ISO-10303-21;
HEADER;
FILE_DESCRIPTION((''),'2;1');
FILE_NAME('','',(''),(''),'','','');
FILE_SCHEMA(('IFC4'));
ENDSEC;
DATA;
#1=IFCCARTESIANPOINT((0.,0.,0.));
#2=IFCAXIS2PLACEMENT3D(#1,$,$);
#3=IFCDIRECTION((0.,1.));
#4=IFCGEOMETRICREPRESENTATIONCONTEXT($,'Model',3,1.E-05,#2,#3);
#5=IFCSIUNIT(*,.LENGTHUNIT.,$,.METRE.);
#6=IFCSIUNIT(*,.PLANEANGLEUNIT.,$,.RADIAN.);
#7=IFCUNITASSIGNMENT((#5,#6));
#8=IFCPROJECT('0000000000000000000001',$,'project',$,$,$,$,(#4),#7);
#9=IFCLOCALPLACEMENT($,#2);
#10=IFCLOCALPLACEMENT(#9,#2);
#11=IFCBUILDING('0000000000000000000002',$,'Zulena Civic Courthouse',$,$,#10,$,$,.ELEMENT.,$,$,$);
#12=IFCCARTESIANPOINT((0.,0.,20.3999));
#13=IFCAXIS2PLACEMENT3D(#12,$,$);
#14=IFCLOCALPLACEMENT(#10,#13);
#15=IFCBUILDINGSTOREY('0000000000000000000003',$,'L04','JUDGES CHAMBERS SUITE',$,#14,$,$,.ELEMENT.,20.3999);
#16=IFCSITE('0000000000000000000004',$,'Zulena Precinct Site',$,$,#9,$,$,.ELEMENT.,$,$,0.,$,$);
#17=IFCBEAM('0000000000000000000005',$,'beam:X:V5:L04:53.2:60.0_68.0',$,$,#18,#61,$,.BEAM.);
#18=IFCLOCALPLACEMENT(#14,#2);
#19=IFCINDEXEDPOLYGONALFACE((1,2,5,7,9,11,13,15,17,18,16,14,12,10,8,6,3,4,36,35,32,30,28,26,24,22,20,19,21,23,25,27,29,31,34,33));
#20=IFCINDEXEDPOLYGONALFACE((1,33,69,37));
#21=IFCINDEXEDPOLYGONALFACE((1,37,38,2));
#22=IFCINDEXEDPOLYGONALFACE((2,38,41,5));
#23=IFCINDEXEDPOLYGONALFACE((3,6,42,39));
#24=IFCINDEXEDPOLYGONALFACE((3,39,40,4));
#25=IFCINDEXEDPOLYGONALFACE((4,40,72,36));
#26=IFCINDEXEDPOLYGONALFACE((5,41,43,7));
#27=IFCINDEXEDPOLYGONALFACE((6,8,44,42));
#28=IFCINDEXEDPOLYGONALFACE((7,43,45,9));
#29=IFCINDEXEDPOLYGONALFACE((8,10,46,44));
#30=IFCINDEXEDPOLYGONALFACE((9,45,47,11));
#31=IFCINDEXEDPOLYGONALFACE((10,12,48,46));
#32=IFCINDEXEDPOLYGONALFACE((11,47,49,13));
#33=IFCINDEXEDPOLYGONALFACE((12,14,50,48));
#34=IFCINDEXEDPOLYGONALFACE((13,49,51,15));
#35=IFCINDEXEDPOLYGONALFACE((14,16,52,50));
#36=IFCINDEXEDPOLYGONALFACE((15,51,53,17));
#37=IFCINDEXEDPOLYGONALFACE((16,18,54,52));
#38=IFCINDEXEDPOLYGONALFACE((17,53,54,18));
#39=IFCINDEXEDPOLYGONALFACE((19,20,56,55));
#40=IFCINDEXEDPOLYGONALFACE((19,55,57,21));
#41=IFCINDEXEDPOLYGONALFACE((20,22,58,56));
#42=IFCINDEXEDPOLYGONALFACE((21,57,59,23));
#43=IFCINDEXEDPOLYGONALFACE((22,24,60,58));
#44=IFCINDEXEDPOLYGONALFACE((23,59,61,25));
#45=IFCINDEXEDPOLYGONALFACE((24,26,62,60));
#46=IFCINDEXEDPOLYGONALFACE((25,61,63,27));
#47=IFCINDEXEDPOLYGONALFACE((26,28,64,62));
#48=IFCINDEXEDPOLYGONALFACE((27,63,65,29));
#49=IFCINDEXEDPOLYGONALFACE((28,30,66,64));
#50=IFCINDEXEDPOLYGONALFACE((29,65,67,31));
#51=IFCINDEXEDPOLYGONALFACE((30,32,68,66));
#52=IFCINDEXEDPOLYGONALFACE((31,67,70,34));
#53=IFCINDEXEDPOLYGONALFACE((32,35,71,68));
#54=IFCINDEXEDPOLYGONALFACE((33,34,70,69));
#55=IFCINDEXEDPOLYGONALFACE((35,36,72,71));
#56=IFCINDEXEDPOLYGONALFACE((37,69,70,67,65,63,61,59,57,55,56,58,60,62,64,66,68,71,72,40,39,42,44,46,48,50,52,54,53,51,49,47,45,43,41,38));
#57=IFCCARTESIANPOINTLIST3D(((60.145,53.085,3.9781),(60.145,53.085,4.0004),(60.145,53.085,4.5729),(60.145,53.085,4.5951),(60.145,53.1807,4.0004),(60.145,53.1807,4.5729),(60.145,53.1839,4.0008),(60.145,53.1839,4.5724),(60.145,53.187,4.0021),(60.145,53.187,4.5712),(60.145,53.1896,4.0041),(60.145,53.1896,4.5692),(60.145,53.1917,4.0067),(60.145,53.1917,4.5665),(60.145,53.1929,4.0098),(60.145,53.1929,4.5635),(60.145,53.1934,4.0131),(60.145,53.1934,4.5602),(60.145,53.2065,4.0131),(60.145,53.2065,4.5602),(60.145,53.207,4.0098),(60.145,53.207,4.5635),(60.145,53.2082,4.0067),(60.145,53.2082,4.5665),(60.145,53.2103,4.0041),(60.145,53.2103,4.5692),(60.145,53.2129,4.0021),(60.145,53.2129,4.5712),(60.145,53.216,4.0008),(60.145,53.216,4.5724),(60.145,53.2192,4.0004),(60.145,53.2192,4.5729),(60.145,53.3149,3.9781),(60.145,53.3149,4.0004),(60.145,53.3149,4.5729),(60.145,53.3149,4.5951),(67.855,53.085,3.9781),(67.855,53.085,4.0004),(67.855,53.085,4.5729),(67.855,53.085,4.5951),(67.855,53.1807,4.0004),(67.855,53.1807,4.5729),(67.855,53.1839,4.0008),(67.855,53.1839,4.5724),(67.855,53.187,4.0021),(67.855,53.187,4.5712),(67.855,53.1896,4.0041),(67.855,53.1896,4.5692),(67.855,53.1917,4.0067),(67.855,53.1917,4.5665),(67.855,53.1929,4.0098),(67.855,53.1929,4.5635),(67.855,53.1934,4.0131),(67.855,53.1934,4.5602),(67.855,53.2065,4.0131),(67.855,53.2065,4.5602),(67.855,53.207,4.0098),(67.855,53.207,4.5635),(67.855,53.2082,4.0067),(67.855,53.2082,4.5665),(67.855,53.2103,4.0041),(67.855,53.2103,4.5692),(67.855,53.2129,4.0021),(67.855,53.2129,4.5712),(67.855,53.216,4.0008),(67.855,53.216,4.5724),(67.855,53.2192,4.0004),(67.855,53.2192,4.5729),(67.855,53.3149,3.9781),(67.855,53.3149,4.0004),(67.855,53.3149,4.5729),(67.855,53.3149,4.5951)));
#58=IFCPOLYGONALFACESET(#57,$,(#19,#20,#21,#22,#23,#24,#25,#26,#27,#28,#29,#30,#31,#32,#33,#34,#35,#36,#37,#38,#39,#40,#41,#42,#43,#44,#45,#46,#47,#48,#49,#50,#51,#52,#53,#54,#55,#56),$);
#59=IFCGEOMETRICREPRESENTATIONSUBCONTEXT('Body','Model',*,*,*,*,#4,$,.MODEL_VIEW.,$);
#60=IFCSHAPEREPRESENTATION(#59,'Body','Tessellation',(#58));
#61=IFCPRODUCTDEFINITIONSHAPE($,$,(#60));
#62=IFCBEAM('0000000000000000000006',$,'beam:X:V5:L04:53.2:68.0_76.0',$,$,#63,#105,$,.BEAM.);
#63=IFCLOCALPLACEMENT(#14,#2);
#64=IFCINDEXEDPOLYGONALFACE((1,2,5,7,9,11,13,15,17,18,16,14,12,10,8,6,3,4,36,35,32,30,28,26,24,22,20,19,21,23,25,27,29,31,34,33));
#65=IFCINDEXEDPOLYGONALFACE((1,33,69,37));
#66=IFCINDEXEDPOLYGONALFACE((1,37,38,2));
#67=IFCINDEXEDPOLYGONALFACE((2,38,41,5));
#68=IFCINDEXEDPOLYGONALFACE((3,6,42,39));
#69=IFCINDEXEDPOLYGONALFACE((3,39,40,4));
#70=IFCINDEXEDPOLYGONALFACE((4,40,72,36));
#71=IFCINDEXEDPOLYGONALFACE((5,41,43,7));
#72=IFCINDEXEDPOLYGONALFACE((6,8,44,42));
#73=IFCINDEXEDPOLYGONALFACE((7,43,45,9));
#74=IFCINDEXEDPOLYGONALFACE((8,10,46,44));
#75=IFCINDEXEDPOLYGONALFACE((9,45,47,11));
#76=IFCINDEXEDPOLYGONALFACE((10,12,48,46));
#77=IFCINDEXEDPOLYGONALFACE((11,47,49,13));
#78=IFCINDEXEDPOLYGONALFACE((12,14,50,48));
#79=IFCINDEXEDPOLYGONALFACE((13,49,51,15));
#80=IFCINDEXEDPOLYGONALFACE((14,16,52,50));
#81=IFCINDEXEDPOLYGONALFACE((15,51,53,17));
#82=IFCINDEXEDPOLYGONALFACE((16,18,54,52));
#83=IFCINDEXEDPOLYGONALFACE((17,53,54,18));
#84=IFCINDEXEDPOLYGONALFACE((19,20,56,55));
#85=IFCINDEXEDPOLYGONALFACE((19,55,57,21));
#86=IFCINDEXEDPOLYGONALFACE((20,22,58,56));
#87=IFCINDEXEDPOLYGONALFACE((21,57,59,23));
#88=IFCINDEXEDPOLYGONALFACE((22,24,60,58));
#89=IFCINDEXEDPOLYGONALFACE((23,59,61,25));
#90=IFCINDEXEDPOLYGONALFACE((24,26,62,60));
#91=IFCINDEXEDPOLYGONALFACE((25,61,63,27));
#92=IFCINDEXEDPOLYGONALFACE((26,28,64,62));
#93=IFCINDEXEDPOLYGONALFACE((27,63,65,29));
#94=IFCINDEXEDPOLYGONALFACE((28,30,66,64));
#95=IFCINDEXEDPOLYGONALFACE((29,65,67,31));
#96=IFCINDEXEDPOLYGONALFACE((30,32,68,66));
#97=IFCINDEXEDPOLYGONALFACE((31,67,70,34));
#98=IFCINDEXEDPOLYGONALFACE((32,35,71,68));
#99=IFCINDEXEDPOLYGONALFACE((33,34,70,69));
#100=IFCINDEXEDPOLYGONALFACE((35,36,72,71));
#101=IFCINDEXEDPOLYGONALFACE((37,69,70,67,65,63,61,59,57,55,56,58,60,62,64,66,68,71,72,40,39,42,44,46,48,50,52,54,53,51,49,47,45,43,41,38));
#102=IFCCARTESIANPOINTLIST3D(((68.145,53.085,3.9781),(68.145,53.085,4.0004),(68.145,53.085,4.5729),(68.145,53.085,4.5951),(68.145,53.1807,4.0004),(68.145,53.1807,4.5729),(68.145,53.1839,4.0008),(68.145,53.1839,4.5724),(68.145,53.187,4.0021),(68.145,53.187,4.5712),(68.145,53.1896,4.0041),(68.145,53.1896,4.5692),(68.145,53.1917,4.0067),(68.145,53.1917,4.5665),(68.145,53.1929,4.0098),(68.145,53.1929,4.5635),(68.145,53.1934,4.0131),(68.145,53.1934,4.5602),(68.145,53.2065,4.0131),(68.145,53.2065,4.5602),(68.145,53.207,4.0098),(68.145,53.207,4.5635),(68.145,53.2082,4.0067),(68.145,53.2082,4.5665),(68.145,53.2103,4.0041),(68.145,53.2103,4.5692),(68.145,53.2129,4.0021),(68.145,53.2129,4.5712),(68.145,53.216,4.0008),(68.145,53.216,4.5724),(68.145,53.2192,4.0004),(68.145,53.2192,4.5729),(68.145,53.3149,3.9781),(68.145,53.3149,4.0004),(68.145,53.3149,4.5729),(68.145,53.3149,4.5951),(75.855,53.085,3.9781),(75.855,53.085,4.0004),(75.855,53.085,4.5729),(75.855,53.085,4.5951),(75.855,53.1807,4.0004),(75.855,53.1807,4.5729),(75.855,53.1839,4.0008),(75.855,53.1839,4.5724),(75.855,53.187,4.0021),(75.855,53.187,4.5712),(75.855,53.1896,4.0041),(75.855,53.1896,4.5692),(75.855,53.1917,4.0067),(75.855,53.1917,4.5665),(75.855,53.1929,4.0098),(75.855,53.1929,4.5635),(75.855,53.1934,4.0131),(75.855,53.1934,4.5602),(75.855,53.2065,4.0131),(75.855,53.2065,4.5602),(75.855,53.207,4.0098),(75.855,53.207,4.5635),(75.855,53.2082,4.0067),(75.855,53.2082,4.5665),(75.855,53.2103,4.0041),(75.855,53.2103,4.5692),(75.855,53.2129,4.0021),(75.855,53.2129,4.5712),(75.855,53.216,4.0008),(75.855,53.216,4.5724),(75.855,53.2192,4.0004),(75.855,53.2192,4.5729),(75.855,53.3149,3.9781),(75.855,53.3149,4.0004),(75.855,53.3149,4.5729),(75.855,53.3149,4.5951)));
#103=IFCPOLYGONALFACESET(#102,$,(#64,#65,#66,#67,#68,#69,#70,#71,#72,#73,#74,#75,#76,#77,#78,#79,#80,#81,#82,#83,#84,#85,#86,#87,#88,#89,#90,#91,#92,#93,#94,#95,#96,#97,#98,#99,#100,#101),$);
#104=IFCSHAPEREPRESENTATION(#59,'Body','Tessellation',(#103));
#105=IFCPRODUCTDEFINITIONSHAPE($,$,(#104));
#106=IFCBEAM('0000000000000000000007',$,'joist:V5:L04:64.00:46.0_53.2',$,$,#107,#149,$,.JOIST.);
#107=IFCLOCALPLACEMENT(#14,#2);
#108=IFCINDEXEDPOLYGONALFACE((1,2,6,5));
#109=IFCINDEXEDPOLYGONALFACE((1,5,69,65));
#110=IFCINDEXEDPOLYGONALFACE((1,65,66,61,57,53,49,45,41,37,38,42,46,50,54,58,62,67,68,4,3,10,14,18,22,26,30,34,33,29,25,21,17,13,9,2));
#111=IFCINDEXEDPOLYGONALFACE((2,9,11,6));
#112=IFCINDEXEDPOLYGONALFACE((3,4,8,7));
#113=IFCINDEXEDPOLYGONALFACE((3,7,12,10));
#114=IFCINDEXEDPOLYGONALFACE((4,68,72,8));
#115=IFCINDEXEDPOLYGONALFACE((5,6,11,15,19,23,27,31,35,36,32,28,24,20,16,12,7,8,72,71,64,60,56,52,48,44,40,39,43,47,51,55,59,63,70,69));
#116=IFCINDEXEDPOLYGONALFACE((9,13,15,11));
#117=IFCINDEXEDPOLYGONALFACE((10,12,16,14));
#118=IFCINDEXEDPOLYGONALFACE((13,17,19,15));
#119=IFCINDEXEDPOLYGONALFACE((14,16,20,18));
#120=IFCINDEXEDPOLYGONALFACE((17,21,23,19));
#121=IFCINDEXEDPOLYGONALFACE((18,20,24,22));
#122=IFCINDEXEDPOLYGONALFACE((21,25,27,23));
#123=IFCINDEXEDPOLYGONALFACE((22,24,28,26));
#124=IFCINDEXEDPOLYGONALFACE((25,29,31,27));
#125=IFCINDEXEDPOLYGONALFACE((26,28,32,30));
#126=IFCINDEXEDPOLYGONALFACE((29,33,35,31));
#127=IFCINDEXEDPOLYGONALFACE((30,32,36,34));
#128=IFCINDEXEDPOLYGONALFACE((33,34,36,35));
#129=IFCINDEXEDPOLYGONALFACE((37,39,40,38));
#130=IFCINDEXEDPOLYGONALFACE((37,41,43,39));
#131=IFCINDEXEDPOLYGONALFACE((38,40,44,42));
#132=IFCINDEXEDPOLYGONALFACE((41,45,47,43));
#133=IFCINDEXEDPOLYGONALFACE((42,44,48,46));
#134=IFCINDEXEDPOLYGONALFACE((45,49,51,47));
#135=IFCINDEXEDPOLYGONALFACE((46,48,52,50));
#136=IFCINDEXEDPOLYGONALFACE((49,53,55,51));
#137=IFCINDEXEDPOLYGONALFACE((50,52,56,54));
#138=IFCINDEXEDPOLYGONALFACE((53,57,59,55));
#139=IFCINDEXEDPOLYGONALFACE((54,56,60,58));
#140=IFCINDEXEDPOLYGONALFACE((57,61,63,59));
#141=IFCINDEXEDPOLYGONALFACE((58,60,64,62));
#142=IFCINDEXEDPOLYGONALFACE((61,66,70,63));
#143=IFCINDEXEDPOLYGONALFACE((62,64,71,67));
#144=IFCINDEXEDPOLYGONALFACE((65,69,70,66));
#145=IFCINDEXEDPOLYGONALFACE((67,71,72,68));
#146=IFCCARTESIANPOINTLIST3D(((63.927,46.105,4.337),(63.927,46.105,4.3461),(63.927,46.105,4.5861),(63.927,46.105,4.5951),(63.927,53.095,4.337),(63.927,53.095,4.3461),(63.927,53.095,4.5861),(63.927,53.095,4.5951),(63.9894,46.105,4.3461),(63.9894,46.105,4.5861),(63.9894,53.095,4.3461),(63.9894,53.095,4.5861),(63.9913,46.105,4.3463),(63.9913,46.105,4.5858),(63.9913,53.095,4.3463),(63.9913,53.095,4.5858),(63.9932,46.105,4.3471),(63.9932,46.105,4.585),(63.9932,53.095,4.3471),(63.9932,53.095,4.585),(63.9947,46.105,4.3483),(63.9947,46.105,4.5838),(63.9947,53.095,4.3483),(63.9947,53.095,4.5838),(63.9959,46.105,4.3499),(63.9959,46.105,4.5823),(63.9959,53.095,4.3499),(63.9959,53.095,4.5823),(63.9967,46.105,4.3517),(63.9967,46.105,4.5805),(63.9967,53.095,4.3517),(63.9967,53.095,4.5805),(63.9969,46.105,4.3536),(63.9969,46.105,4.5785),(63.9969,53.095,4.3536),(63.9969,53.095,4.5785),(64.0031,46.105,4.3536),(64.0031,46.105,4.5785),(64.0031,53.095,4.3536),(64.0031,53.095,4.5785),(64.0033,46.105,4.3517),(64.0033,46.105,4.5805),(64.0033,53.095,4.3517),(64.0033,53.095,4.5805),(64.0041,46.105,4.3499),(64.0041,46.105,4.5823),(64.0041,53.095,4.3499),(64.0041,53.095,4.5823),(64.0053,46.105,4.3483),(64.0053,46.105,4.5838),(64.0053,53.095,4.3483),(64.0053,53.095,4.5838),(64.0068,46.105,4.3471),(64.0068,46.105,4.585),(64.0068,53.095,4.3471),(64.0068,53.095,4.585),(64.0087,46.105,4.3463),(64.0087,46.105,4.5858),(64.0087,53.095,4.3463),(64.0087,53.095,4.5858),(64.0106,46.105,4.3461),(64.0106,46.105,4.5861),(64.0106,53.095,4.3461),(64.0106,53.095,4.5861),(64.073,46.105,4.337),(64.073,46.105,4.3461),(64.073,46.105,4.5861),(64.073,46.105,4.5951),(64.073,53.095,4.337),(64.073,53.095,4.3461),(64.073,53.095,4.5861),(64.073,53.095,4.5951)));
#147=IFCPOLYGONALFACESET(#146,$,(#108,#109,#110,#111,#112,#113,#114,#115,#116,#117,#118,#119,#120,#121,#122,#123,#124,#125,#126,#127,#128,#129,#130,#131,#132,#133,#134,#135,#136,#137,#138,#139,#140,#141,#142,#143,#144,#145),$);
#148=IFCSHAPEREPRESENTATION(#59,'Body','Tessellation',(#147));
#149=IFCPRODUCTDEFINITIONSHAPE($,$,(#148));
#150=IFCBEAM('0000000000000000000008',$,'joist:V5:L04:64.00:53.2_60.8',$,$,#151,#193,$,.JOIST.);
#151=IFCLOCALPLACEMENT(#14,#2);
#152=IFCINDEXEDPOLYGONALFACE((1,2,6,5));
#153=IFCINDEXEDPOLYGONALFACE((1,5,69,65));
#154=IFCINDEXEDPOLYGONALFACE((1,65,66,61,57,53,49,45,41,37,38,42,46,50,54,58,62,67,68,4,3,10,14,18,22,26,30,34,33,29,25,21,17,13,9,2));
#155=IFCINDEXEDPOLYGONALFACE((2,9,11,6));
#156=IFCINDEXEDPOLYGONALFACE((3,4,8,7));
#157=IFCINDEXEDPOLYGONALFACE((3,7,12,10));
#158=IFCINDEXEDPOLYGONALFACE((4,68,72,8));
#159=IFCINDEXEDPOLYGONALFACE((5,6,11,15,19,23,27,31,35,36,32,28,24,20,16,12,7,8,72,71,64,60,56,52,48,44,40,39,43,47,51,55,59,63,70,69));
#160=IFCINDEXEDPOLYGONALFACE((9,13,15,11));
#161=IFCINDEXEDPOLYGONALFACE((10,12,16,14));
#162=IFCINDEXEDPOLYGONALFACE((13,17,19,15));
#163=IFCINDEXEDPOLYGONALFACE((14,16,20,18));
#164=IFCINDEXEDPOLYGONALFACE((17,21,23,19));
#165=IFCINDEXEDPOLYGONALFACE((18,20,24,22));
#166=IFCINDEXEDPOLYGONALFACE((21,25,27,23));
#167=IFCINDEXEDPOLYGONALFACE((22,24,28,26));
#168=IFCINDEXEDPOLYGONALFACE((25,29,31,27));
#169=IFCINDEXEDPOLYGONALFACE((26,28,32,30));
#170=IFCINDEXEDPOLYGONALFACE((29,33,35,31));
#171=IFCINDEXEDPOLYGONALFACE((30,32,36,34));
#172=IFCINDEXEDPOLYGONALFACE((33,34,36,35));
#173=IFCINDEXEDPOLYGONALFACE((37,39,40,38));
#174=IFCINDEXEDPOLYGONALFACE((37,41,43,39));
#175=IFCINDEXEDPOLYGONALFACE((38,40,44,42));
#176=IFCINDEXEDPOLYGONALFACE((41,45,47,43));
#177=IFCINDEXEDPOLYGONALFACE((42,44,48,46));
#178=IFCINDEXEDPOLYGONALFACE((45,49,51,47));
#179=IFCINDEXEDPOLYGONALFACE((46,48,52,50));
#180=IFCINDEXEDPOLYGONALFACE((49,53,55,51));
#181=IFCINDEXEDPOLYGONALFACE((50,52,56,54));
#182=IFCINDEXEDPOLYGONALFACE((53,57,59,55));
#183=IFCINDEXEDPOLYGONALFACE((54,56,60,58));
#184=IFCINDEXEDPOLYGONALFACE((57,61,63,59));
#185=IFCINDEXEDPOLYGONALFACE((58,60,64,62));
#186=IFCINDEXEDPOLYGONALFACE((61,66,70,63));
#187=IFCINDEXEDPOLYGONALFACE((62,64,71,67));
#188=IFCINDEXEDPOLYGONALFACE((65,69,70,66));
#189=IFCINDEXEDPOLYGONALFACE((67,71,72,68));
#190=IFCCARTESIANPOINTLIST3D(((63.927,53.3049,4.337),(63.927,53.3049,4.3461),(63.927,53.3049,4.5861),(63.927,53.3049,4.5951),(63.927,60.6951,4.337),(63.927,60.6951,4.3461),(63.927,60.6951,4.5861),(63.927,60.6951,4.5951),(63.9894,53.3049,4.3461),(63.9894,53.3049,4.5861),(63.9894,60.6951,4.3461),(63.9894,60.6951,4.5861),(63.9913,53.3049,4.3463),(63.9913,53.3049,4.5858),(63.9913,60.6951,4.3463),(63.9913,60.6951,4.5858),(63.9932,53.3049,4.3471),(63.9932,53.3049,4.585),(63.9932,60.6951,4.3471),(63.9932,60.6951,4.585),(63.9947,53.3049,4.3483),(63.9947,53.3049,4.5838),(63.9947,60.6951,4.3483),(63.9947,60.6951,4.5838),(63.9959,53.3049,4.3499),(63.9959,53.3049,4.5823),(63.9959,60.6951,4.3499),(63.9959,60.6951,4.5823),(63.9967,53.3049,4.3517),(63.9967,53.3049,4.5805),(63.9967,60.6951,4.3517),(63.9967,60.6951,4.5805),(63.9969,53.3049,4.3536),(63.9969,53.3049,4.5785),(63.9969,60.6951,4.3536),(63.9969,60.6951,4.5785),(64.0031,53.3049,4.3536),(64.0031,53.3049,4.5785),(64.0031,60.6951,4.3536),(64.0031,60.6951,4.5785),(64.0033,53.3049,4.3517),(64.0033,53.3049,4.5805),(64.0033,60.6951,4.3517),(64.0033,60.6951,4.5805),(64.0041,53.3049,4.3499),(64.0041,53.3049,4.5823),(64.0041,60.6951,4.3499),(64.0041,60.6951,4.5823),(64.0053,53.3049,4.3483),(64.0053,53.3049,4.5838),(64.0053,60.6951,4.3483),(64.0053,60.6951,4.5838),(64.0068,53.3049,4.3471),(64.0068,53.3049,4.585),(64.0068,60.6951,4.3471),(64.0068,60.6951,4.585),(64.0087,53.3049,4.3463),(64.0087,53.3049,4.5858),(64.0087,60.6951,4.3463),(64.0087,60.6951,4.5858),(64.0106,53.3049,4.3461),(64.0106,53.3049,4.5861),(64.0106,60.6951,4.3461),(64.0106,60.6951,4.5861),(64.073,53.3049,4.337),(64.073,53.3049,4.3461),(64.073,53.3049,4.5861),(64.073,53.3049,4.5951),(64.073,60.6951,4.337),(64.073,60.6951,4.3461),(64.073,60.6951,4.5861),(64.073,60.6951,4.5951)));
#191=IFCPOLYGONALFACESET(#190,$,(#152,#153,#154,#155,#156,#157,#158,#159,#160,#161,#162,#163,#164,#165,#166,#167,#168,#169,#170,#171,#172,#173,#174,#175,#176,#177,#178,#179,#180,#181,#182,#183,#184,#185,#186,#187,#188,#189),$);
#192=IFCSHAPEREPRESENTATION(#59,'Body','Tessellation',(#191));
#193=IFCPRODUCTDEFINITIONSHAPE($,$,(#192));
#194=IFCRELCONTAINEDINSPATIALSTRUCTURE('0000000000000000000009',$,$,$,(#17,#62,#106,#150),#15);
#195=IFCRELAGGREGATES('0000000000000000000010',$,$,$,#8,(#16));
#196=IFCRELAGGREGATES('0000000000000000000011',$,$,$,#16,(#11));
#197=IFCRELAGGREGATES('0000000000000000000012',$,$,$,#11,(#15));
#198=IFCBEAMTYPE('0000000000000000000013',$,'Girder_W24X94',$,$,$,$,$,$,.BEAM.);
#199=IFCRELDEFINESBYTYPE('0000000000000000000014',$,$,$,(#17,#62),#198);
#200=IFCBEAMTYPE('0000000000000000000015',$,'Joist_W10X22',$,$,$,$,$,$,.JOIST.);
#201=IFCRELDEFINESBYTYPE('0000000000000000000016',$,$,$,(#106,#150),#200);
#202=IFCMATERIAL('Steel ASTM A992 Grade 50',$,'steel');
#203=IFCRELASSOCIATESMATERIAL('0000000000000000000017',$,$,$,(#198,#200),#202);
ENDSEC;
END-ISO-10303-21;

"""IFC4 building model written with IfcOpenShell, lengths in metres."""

from ifc_helpers import new_model, si_unit, direction, frame, origin, origin_2d, place, context, subcontext, project, spatial, i_section, extrude, material, material_profile, profile_set, type_object, element, save


model = new_model("IFC4")

# Units and contexts
model_context = context("Model", 3, precision=1e-05, world=origin(), true_north=direction((0.0, 1.0)))
body_context = subcontext(model_context, "Body", "Model", "MODEL_VIEW")
ifc_project = project(units=[si_unit("LENGTHUNIT", "METRE"), si_unit("PLANEANGLEUNIT", "RADIAN")], contexts=[model_context])

# Site, building, storey
site_placement = place(None, origin())
site = spatial("IfcSite", under=ifc_project, at=site_placement, Name="Zulena Precinct Site", CompositionType="ELEMENT", RefElevation=0.0)
building_placement = place(site_placement, origin())
building = spatial("IfcBuilding", under=site, at=building_placement, Name="Zulena Civic Courthouse", CompositionType="ELEMENT")
storey_placement = place(building_placement, frame((0.0, 0.0, 20.3999)))
storey = spatial("IfcBuildingStorey", under=building, at=storey_placement, Name="L04", Description="JUDGES CHAMBERS SUITE", CompositionType="ELEMENT", Elevation=20.3999)

# Shared definitions
ifc_material_1 = material(Name="Steel ASTM A992 Grade 50", Category="steel")

# Beams
ifc_material_profile_1 = material_profile(ifc_material_1, i_section(OverallWidth=0.23, OverallDepth=0.6169, WebThickness=0.0132, FlangeThickness=0.0222, FilletRadius=0.0127, at=origin_2d()), Name="W24X94")
ifc_profile_set_1 = profile_set([ifc_material_profile_1], Name="Steel ASTM A992 Grade 50")
beam_type_1 = type_object("IfcBeamType", Name="Girder_W24X94", PredefinedType="BEAM", material=ifc_profile_set_1)
for number, where, z_axis, x_axis, name in (
    (1, (60.145, 53.2, 4.2866), (1.0, 0.0, 0.0), (0.0, 1.0, 0.0), "beam:X:V5:L04:53.2:60.0_68.0"),
    (2, (68.145, 53.2, 4.2866), (1.0, 0.0, 0.0), (0.0, 1.0, 0.0), "beam:X:V5:L04:53.2:68.0_76.0"),
):
    element("IfcBeam", number, at=place(storey_placement, frame(where, z_axis=z_axis, x_axis=x_axis)), inside=storey, type_object=beam_type_1, Name=name, PredefinedType="BEAM", context=body_context, shape_type="SweptSolid", body=[
        extrude(i_section(OverallWidth=0.23, OverallDepth=0.6169, WebThickness=0.0132, FlangeThickness=0.0222, FilletRadius=0.0127, at=origin_2d()), origin(), (0.0, 0.0, 1.0), 7.71),
    ])
ifc_material_profile_2 = material_profile(ifc_material_1, i_section(OverallWidth=0.146, OverallDepth=0.2581, WebThickness=0.0061, FlangeThickness=0.009, FilletRadius=0.0076, at=origin_2d()), Name="W10X22")
ifc_profile_set_2 = profile_set([ifc_material_profile_2], Name="Steel ASTM A992 Grade 50")
beam_type_2 = type_object("IfcBeamType", Name="Joist_W10X22", PredefinedType="JOIST", material=ifc_profile_set_2)
beam_1_placement = place(storey_placement, frame((64.0, 46.105, 4.4661), z_axis=(0.0, 1.0, 0.0), x_axis=(-1.0, 0.0, 0.0)))
element("IfcBeam", 3, at=beam_1_placement, inside=storey, type_object=beam_type_2, Name="joist:V5:L04:64.00:46.0_53.2", PredefinedType="JOIST", context=body_context, shape_type="SweptSolid", body=[
    extrude(i_section(OverallWidth=0.146, OverallDepth=0.2581, WebThickness=0.0061, FlangeThickness=0.009, FilletRadius=0.0076, at=origin_2d()), origin(), (0.0, 0.0, 1.0), 6.99),
])
beam_2_placement = place(storey_placement, frame((64.0, 53.3049, 4.4661), z_axis=(0.0, 1.0, 0.0), x_axis=(-1.0, 0.0, 0.0)))
element("IfcBeam", 4, at=beam_2_placement, inside=storey, type_object=beam_type_2, Name="joist:V5:L04:64.00:53.2_60.8", PredefinedType="JOIST", context=body_context, shape_type="SweptSolid", body=[
    extrude(i_section(OverallWidth=0.146, OverallDepth=0.2581, WebThickness=0.0061, FlangeThickness=0.009, FilletRadius=0.0076, at=origin_2d()), origin(), (0.0, 0.0, 1.0), 7.3901),
])

save(model, "model.ifc")
